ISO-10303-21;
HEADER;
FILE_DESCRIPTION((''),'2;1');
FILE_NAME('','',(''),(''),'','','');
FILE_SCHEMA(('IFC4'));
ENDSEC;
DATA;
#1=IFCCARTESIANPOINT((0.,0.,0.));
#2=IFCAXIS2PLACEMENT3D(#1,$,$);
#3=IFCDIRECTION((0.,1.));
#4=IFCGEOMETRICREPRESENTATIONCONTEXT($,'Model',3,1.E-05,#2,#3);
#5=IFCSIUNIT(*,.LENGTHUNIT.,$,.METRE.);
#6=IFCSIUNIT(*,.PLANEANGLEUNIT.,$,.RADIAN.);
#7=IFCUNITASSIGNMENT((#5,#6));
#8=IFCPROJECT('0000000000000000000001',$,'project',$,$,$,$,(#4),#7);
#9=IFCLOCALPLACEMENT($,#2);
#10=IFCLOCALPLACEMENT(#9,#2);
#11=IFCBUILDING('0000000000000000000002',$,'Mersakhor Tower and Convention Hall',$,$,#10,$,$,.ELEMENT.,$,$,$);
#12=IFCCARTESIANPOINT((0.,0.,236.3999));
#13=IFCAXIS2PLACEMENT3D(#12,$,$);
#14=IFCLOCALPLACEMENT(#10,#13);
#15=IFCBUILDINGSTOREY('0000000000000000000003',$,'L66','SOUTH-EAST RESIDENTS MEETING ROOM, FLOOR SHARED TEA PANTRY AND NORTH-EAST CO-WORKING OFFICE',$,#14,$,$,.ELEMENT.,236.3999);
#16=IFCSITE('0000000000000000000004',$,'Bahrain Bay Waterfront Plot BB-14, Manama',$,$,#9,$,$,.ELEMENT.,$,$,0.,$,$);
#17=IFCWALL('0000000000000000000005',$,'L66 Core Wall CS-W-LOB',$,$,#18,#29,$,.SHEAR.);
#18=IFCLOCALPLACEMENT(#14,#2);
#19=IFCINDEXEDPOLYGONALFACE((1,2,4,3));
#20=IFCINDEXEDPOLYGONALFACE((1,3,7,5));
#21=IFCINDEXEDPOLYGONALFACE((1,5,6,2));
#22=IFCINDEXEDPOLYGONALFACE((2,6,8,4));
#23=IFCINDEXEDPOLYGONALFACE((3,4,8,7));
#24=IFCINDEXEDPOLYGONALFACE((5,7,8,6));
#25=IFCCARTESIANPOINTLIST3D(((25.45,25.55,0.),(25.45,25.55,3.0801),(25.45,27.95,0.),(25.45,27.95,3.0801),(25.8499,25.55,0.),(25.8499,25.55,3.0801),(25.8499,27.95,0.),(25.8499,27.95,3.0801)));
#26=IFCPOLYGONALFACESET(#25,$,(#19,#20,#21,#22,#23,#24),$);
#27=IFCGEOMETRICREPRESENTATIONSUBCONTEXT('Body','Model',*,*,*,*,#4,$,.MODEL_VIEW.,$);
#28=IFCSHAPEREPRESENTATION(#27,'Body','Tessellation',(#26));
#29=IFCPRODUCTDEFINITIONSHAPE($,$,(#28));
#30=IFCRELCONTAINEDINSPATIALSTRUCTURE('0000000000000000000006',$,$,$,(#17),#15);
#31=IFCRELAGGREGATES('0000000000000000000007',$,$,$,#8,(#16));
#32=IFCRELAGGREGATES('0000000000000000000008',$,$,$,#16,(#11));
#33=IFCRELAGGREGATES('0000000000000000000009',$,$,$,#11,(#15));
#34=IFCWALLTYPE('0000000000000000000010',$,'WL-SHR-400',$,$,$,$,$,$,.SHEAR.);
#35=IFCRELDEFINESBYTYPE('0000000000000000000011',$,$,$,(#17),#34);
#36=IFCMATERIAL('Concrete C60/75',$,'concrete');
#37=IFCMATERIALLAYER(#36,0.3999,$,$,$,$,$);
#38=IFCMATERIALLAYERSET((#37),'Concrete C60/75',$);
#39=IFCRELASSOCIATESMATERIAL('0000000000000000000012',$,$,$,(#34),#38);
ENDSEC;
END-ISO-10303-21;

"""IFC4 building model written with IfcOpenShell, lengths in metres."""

from ifc_helpers import new_model, si_unit, direction, frame, frame_2d, origin, place, context, subcontext, project, spatial, rectangle, extrude, material, layer, layer_set, type_object, element, save


model = new_model("IFC4")

# Units and contexts
model_context = context("Model", 3, precision=1e-05, world=origin(), true_north=direction((0.0, 1.0)))
body_context = subcontext(model_context, "Body", "Model", "MODEL_VIEW")
ifc_project = project(units=[si_unit("LENGTHUNIT", "METRE"), si_unit("PLANEANGLEUNIT", "RADIAN")], contexts=[model_context])

# Site, building, storey
site_placement = place(None, origin())
site = spatial("IfcSite", under=ifc_project, at=site_placement, Name="Bahrain Bay Waterfront Plot BB-14, Manama", CompositionType="ELEMENT", RefElevation=0.0)
building_placement = place(site_placement, origin())
building = spatial("IfcBuilding", under=site, at=building_placement, Name="Mersakhor Tower and Convention Hall", CompositionType="ELEMENT")
storey_placement = place(building_placement, frame((0.0, 0.0, 236.3999)))
storey = spatial("IfcBuildingStorey", under=building, at=storey_placement, Name="L66", Description="SOUTH-EAST RESIDENTS MEETING ROOM, FLOOR SHARED TEA PANTRY AND NORTH-EAST CO-WORKING OFFICE", CompositionType="ELEMENT", Elevation=236.3999)

# Shared definitions
ifc_material_1 = material(Name="Concrete C60/75", Category="concrete")
ifc_layer_1 = layer(ifc_material_1, 0.3999)
ifc_layer_set_1 = layer_set([ifc_layer_1], Name="Concrete C60/75")
wall_type_1 = type_object("IfcWallType", Name="WL-SHR-400", PredefinedType="SHEAR", material=ifc_layer_set_1)

# Wall
wall_1_placement = place(storey_placement, frame((25.6499, 25.55, 0.0), z_axis=(0.0, 0.0, 1.0), x_axis=(0.0, 1.0, 0.0)))
element("IfcWall", 1, at=wall_1_placement, inside=storey, type_object=wall_type_1, Name="L66 Core Wall CS-W-LOB", PredefinedType="SHEAR", context=body_context, shape_type="SweptSolid", body=[
    extrude(rectangle(XDim=2.3999, YDim=0.3999, at=frame_2d((1.2, 0.0))), origin(), (0.0, 0.0, 1.0), 3.0801),
])

save(model, "model.ifc")
